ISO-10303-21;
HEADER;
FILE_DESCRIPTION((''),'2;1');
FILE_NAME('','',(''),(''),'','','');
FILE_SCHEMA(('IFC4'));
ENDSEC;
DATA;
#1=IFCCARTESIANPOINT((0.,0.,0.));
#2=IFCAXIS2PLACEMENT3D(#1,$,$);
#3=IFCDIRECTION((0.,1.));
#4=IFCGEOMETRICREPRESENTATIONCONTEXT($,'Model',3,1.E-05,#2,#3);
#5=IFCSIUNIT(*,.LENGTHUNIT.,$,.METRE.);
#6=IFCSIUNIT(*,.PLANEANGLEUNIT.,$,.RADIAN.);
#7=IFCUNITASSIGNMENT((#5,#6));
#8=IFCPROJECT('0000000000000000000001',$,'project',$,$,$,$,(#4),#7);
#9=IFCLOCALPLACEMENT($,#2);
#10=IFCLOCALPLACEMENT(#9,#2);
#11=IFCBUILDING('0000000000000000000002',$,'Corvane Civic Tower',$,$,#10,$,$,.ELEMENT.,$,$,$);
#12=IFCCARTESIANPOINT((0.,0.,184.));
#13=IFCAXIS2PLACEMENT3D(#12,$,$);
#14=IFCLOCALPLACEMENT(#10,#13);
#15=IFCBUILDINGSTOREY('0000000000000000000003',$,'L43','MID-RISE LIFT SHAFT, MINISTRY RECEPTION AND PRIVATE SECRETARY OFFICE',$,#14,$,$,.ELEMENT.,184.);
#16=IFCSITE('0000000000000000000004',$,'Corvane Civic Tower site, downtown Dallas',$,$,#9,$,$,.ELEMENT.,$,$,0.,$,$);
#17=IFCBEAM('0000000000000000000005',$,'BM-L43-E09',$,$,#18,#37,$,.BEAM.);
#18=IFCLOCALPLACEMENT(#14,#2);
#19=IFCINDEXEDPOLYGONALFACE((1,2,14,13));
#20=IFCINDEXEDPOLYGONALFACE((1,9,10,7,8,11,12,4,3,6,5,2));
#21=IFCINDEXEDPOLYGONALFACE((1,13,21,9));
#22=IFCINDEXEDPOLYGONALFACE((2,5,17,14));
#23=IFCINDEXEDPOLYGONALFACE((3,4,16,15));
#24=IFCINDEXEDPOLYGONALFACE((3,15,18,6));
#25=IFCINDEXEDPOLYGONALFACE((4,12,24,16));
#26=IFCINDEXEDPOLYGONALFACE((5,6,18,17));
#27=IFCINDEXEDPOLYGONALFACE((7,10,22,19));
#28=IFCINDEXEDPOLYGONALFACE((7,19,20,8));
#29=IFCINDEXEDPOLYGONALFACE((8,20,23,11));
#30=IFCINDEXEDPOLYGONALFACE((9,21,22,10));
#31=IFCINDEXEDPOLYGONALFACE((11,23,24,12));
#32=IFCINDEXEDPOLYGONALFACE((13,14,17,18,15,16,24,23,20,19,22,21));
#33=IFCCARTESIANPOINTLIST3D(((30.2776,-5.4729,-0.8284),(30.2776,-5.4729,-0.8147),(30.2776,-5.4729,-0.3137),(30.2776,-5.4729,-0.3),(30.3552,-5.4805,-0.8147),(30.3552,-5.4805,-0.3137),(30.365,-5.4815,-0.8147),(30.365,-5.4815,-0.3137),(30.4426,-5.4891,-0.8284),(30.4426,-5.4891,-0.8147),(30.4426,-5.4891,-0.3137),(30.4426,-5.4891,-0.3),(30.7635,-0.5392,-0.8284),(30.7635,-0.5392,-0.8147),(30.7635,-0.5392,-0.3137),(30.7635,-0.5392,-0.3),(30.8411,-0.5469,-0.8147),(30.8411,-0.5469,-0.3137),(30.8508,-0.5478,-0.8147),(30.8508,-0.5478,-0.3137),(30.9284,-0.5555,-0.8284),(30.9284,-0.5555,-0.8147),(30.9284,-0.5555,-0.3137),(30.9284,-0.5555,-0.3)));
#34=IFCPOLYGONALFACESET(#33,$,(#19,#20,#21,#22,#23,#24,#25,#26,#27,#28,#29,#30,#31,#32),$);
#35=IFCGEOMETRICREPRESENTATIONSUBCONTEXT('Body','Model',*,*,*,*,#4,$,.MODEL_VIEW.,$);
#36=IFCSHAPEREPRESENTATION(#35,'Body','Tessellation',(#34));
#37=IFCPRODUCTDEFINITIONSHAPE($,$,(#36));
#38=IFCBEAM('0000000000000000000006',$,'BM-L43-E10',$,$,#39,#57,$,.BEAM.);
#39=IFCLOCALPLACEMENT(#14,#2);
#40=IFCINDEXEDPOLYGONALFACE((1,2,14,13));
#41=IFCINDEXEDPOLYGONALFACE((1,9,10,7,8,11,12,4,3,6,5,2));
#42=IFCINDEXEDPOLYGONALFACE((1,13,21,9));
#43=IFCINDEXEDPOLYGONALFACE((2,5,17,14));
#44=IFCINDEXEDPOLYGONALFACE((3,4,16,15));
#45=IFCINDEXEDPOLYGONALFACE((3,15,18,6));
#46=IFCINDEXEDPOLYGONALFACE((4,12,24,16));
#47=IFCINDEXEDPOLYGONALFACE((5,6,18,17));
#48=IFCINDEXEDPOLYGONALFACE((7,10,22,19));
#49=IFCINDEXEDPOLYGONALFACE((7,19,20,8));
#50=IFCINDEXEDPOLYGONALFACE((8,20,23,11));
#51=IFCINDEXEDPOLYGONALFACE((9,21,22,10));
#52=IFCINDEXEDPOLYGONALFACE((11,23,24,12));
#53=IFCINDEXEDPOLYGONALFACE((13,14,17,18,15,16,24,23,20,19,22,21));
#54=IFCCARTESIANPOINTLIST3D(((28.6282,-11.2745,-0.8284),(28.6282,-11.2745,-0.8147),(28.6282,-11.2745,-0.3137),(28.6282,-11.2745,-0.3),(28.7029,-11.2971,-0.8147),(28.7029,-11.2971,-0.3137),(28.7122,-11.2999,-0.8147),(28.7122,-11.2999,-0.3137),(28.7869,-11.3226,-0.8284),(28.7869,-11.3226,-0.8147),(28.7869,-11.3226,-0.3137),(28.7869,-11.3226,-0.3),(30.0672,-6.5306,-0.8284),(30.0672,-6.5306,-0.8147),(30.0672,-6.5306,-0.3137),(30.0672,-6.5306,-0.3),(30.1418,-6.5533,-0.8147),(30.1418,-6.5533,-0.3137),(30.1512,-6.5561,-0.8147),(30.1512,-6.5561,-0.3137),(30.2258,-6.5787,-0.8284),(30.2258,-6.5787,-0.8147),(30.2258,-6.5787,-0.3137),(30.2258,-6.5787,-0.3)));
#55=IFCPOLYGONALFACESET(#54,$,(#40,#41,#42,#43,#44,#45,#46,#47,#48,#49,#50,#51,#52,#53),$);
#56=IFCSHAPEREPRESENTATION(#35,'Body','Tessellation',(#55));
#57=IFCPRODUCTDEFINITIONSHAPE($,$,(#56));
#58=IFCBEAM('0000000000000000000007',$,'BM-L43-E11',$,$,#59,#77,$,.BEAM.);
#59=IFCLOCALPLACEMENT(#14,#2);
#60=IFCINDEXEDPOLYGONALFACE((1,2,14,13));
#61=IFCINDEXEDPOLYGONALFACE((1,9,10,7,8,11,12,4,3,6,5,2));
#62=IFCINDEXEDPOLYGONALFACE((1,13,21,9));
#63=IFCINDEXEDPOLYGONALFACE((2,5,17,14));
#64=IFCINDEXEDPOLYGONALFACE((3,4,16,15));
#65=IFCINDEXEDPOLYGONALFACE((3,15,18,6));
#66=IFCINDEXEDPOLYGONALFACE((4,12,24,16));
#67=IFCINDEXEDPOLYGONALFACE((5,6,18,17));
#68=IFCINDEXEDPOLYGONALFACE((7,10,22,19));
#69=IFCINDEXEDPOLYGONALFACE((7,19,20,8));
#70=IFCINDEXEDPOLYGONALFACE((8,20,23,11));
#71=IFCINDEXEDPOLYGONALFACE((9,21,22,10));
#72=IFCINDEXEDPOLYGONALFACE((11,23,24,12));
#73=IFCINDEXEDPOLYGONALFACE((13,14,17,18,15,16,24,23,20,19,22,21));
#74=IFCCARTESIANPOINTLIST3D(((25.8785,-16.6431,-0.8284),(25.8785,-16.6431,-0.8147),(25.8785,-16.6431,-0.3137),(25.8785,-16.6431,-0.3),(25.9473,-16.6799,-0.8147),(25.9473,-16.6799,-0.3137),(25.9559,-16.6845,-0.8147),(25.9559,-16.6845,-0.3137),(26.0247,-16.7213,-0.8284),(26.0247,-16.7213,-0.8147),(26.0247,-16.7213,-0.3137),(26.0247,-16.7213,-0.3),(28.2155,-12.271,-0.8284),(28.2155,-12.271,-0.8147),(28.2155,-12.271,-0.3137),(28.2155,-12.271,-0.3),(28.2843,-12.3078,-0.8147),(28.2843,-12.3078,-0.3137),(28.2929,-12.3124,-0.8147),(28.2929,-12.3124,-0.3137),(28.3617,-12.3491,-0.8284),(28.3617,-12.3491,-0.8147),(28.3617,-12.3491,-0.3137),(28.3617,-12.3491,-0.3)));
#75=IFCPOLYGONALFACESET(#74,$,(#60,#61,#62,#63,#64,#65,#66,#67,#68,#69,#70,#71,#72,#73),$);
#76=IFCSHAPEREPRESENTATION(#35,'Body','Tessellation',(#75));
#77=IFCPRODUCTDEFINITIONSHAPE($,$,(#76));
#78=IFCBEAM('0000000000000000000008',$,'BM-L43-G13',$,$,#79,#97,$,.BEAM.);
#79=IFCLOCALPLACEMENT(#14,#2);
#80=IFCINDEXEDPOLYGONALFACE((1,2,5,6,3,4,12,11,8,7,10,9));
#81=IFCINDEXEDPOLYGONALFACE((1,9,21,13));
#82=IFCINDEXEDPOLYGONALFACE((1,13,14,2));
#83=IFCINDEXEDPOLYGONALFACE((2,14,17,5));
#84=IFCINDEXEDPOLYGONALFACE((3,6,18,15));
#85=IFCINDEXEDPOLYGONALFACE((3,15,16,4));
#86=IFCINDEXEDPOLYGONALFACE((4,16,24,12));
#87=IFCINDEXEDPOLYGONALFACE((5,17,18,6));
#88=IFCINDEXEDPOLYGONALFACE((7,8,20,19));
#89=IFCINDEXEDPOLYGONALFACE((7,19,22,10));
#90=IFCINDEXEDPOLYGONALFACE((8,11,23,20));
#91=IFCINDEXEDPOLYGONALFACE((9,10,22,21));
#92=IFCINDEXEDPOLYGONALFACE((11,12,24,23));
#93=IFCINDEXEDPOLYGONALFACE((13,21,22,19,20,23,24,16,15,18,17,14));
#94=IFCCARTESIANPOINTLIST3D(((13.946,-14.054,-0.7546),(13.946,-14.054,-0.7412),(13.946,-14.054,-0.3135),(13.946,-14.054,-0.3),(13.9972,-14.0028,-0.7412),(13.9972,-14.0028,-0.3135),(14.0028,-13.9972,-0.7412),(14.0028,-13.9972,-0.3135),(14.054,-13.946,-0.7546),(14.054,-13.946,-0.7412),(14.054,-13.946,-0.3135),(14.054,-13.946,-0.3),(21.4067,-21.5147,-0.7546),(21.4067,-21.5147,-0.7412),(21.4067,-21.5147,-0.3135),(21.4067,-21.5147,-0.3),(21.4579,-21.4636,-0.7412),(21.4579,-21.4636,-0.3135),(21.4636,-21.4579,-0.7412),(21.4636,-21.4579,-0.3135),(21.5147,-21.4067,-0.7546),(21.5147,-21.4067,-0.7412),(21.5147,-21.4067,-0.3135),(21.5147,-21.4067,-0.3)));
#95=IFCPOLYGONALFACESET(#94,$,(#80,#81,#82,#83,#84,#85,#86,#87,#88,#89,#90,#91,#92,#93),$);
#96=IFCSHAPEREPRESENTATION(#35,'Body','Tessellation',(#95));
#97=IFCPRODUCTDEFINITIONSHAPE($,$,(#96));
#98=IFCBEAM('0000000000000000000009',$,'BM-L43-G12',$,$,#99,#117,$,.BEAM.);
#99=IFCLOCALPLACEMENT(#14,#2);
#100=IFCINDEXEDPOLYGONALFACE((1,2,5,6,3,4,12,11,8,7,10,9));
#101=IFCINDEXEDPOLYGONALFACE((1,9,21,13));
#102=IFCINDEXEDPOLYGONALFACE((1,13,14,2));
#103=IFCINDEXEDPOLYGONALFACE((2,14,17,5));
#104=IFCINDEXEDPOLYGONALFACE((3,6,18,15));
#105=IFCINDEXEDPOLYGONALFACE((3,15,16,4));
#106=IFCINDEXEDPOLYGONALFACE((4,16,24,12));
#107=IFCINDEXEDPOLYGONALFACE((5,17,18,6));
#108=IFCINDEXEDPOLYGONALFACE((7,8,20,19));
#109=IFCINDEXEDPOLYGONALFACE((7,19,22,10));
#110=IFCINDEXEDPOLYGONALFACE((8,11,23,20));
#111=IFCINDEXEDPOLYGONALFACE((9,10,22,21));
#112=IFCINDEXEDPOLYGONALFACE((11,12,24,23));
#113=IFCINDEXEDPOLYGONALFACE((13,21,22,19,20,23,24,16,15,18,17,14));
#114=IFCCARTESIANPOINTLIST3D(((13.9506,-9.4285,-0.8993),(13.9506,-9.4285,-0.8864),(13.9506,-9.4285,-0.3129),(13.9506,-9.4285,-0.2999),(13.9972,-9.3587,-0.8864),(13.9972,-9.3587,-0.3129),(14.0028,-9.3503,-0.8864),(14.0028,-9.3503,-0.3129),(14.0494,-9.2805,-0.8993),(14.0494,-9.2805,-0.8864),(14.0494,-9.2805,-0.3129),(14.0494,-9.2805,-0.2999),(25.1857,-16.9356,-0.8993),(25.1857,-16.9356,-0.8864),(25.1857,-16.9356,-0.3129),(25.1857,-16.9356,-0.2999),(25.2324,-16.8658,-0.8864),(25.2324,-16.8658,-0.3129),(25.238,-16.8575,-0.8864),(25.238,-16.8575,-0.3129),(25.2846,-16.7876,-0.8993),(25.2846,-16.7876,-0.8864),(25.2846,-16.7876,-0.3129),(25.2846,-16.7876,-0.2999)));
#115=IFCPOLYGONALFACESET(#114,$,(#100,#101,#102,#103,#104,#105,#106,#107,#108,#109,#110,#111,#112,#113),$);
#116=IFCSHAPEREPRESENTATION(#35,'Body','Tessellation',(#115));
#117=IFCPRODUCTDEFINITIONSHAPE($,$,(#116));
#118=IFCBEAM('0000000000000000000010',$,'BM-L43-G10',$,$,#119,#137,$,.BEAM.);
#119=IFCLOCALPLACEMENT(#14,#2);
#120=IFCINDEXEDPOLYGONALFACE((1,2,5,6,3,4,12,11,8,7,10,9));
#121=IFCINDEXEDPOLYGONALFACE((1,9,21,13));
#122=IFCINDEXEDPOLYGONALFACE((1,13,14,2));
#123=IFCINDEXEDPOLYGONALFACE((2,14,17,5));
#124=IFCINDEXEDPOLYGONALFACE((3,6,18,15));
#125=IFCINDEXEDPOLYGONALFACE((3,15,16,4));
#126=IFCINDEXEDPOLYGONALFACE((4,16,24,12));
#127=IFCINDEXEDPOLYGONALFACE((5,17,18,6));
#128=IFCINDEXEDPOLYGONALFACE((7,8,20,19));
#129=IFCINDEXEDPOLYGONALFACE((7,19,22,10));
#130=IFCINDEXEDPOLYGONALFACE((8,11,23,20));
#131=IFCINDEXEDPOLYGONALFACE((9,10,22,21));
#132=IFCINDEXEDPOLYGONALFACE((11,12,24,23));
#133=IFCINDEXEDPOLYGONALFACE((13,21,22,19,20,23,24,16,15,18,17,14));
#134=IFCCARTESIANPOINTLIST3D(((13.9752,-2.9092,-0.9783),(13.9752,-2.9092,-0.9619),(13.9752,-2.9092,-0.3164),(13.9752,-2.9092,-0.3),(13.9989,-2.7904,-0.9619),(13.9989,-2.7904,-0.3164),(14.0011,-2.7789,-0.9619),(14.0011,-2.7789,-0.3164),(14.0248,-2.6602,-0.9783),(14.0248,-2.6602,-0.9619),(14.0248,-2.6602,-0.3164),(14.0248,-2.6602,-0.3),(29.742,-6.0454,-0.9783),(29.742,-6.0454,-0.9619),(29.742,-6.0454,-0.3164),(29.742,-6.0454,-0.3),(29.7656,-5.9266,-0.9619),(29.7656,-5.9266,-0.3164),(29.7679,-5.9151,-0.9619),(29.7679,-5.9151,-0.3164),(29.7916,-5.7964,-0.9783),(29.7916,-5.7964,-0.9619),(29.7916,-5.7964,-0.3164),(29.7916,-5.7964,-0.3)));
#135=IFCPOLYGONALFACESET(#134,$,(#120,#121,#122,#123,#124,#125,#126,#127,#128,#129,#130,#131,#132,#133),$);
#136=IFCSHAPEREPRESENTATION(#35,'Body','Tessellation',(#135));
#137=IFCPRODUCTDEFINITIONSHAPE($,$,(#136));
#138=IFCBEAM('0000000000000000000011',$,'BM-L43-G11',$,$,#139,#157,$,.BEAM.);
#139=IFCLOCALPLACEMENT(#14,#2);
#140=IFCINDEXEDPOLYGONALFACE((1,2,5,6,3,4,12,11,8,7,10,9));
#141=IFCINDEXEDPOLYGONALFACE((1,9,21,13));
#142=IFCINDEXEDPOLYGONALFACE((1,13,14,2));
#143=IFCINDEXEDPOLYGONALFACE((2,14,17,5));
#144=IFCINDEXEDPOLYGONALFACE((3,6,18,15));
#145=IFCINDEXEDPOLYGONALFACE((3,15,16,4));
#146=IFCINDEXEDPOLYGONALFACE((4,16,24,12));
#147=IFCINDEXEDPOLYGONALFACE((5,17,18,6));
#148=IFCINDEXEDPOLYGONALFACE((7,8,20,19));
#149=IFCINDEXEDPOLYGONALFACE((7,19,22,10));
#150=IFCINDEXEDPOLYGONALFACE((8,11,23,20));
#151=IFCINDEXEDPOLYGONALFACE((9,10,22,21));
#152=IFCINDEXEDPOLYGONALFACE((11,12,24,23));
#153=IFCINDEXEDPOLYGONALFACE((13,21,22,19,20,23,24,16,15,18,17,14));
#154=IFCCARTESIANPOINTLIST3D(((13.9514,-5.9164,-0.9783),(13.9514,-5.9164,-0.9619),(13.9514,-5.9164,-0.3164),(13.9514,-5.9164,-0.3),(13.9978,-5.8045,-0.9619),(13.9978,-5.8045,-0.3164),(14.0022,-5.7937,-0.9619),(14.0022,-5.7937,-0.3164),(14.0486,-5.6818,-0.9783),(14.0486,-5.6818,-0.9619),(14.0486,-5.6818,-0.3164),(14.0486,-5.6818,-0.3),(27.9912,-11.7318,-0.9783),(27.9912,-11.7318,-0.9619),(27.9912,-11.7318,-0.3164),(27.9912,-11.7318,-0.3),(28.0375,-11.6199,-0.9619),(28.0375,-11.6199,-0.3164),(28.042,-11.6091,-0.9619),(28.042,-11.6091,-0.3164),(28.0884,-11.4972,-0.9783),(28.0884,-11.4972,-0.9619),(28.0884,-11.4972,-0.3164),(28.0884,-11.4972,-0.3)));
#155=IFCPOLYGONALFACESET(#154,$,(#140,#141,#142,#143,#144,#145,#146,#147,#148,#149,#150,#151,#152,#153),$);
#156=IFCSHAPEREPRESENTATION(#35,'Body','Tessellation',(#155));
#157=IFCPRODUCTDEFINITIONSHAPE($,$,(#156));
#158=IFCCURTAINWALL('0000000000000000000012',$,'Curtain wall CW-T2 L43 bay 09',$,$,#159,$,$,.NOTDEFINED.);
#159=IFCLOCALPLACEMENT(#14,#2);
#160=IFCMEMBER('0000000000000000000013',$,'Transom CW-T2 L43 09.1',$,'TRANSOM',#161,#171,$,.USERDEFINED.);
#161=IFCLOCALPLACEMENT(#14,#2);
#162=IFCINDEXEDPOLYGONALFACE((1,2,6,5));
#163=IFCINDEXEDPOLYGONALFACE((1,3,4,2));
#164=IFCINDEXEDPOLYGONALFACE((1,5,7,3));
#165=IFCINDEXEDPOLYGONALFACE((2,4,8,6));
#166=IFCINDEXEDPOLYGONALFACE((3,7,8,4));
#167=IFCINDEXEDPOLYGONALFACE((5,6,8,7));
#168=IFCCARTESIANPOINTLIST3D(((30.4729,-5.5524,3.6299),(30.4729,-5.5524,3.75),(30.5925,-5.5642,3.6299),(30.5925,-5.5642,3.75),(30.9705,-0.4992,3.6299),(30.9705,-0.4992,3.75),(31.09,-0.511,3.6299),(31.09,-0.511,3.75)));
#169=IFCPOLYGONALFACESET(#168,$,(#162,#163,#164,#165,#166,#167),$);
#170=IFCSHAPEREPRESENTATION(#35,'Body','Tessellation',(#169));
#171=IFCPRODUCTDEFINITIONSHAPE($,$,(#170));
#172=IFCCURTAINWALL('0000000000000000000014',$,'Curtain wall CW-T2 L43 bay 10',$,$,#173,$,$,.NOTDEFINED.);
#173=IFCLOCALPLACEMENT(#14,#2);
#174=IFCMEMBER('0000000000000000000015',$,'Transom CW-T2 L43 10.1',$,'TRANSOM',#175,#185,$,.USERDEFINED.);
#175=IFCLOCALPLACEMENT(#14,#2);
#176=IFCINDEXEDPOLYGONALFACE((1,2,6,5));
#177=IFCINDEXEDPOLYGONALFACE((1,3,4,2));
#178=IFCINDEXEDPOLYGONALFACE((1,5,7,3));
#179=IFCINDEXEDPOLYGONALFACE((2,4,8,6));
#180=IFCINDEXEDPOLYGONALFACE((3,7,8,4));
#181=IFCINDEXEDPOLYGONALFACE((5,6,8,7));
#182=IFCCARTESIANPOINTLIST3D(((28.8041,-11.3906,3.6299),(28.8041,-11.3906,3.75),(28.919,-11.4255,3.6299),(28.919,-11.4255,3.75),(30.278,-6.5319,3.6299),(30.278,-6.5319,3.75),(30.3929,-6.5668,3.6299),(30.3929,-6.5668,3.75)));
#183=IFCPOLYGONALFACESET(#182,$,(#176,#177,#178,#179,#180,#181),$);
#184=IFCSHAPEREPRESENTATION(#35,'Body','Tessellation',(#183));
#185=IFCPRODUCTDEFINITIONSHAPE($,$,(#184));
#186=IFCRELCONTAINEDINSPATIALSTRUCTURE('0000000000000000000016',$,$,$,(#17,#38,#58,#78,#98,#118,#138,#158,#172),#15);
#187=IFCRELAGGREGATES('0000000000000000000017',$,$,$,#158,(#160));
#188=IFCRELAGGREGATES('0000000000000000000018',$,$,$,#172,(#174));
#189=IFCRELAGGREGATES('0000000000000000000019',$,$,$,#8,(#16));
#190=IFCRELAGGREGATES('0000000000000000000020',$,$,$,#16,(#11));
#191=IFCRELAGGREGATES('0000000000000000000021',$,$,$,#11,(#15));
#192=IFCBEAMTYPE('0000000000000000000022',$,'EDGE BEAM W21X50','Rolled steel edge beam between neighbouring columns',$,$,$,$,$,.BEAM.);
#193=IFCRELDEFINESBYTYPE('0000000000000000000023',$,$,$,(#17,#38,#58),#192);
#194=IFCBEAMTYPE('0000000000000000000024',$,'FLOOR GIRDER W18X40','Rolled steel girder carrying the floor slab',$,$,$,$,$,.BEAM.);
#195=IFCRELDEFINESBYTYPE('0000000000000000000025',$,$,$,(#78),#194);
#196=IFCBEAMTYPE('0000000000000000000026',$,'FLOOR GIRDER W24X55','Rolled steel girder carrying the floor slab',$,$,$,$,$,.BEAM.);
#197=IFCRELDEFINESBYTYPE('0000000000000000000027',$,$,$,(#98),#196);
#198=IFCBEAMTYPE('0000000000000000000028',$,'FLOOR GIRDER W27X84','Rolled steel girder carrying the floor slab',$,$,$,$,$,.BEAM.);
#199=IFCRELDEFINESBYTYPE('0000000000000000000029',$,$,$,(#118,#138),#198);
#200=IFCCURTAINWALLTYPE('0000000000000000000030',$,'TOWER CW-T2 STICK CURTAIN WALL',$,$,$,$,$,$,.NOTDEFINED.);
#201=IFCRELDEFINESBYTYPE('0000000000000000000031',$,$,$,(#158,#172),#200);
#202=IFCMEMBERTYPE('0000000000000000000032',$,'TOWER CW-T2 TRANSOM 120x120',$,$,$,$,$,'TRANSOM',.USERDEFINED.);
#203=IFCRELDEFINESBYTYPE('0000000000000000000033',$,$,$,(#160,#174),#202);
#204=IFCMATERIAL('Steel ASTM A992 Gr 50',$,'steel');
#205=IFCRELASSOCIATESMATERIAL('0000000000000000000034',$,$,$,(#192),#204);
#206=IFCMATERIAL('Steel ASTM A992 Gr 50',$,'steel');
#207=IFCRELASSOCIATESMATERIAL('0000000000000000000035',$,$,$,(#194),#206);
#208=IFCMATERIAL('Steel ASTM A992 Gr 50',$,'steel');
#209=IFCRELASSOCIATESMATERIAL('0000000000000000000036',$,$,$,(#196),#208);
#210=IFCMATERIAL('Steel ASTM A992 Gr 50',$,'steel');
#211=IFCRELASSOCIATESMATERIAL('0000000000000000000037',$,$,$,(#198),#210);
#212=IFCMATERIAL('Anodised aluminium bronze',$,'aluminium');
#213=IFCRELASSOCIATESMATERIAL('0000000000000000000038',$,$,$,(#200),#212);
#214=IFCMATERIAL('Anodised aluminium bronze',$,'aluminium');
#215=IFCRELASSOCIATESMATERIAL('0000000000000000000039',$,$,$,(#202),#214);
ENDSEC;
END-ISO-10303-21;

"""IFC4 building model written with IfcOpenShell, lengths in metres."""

from ifc_helpers import new_model, si_unit, direction, frame, origin, origin_2d, place, context, subcontext, project, spatial, rectangle, i_section, extrude, material, material_profile, profile_set, type_object, element, aggregate, save


model = new_model("IFC4")

# Units and contexts
model_context = context("Model", 3, precision=1e-05, world=origin(), true_north=direction((0.0, 1.0)))
body_context = subcontext(model_context, "Body", "Model", "MODEL_VIEW")
ifc_project = project(units=[si_unit("LENGTHUNIT", "METRE"), si_unit("PLANEANGLEUNIT", "RADIAN")], contexts=[model_context])

# Site, building, storey
site_placement = place(None, origin())
site = spatial("IfcSite", under=ifc_project, at=site_placement, Name="Corvane Civic Tower site, downtown Dallas", CompositionType="ELEMENT", RefElevation=0.0)
building_placement = place(site_placement, origin())
building = spatial("IfcBuilding", under=site, at=building_placement, Name="Corvane Civic Tower", CompositionType="ELEMENT")
storey_placement = place(building_placement, frame((0.0, 0.0, 184.0)))
storey = spatial("IfcBuildingStorey", under=building, at=storey_placement, Name="L43", Description="MID-RISE LIFT SHAFT, MINISTRY RECEPTION AND PRIVATE SECRETARY OFFICE", CompositionType="ELEMENT", Elevation=184.0)

# Beams
ifc_material_1 = material(Name="Steel ASTM A992 Gr 50", Category="steel")
ifc_material_profile_1 = material_profile(ifc_material_1, i_section(OverallWidth=0.1658, OverallDepth=0.5283, WebThickness=0.0098, FlangeThickness=0.0137, at=origin_2d()), Name="W21X50")
ifc_profile_set_1 = profile_set([ifc_material_profile_1], Name="Steel ASTM A992 Gr 50")
beam_type_1 = type_object("IfcBeamType", Name="EDGE BEAM W21X50", Description="Rolled steel edge beam between neighbouring columns", PredefinedType="BEAM", material=ifc_profile_set_1)
beam_1_placement = place(storey_placement, frame((30.8459, -0.5474, -0.5642), z_axis=(-0.098002, -0.995186, 0.0), x_axis=(0.995186, -0.098002, 0.0)))
element("IfcBeam", 1, at=beam_1_placement, inside=storey, type_object=beam_type_1, Name="BM-L43-E09", PredefinedType="BEAM", context=body_context, shape_type="SweptSolid", body=[
    extrude(i_section(OverallWidth=0.1658, OverallDepth=0.5283, WebThickness=0.0098, FlangeThickness=0.0137, at=origin_2d()), origin(), (0.0, 0.0, 1.0), 4.9575),
])
beam_2_placement = place(storey_placement, frame((30.1465, -6.5547, -0.5642), z_axis=(-0.29027, -0.956945, 0.0), x_axis=(0.956945, -0.29027, 0.0)))
element("IfcBeam", 2, at=beam_2_placement, inside=storey, type_object=beam_type_1, Name="BM-L43-E10", PredefinedType="BEAM", context=body_context, shape_type="SweptSolid", body=[
    extrude(i_section(OverallWidth=0.1658, OverallDepth=0.5283, WebThickness=0.0098, FlangeThickness=0.0137, at=origin_2d()), origin(), (0.0, 0.0, 1.0), 4.9573),
])
beam_3_placement = place(storey_placement, frame((28.2886, -12.3101, -0.5642), z_axis=(-0.471396, -0.881922, 0.0), x_axis=(0.881922, -0.471396, 0.0)))
element("IfcBeam", 3, at=beam_3_placement, inside=storey, type_object=beam_type_1, Name="BM-L43-E11", PredefinedType="BEAM", context=body_context, shape_type="SweptSolid", body=[
    extrude(i_section(OverallWidth=0.1658, OverallDepth=0.5283, WebThickness=0.0098, FlangeThickness=0.0137, at=origin_2d()), origin(), (0.0, 0.0, 1.0), 4.9575),
])
ifc_material_2 = material(Name="Steel ASTM A992 Gr 50", Category="steel")
ifc_material_profile_2 = material_profile(ifc_material_2, i_section(OverallWidth=0.1528, OverallDepth=0.4546, WebThickness=0.0081, FlangeThickness=0.0134, at=origin_2d()), Name="W18X40")
ifc_profile_set_2 = profile_set([ifc_material_profile_2], Name="Steel ASTM A992 Gr 50")
beam_type_2 = type_object("IfcBeamType", Name="FLOOR GIRDER W18X40", Description="Rolled steel girder carrying the floor slab", PredefinedType="BEAM", material=ifc_profile_set_2)
beam_4_placement = place(storey_placement, frame((14.0, -14.0, -0.5273), z_axis=(0.707107, -0.707107, 0.0), x_axis=(0.707107, 0.707107, 0.0)))
element("IfcBeam", 4, at=beam_4_placement, inside=storey, type_object=beam_type_2, Name="BM-L43-G13", PredefinedType="BEAM", context=body_context, shape_type="SweptSolid", body=[
    extrude(i_section(OverallWidth=0.1528, OverallDepth=0.4546, WebThickness=0.0081, FlangeThickness=0.0134, at=origin_2d()), origin(), (0.0, 0.0, 1.0), 10.551),
])
ifc_material_3 = material(Name="Steel ASTM A992 Gr 50", Category="steel")
ifc_material_profile_3 = material_profile(ifc_material_3, i_section(OverallWidth=0.178, OverallDepth=0.5994, WebThickness=0.01, FlangeThickness=0.0129, at=origin_2d()), Name="W24X55")
ifc_profile_set_3 = profile_set([ifc_material_profile_3], Name="Steel ASTM A992 Gr 50")
beam_type_3 = type_object("IfcBeamType", Name="FLOOR GIRDER W24X55", Description="Rolled steel girder carrying the floor slab", PredefinedType="BEAM", material=ifc_profile_set_3)
beam_5_placement = place(storey_placement, frame((14.0, -9.3545, -0.5996), z_axis=(0.831469, -0.555571, 0.0), x_axis=(0.555571, 0.831469, 0.0)))
element("IfcBeam", 5, at=beam_5_placement, inside=storey, type_object=beam_type_3, Name="BM-L43-G12", PredefinedType="BEAM", context=body_context, shape_type="SweptSolid", body=[
    extrude(i_section(OverallWidth=0.178, OverallDepth=0.5994, WebThickness=0.01, FlangeThickness=0.0129, at=origin_2d()), origin(), (0.0, 0.0, 1.0), 13.5125),
])
ifc_material_4 = material(Name="Steel ASTM A992 Gr 50", Category="steel")
ifc_material_profile_4 = material_profile(ifc_material_4, i_section(OverallWidth=0.2539, OverallDepth=0.6782, WebThickness=0.0117, FlangeThickness=0.0164, at=origin_2d()), Name="W27X84")
ifc_profile_set_4 = profile_set([ifc_material_profile_4], Name="Steel ASTM A992 Gr 50")
beam_type_4 = type_object("IfcBeamType", Name="FLOOR GIRDER W27X84", Description="Rolled steel girder carrying the floor slab", PredefinedType="BEAM", material=ifc_profile_set_4)
beam_6_placement = place(storey_placement, frame((14.0, -2.7847, -0.6392), z_axis=(0.980785, -0.195091, 0.0), x_axis=(0.195091, 0.980785, 0.0)))
element("IfcBeam", 6, at=beam_6_placement, inside=storey, type_object=beam_type_4, Name="BM-L43-G10", PredefinedType="BEAM", context=body_context, shape_type="SweptSolid", body=[
    extrude(i_section(OverallWidth=0.2539, OverallDepth=0.6782, WebThickness=0.0117, FlangeThickness=0.0164, at=origin_2d()), origin(), (0.0, 0.0, 1.0), 16.0757),
])
beam_7_placement = place(storey_placement, frame((14.0, -5.7991, -0.6392), z_axis=(0.923881, -0.382681, 0.0), x_axis=(0.382681, 0.923881, 0.0)))
element("IfcBeam", 7, at=beam_7_placement, inside=storey, type_object=beam_type_4, Name="BM-L43-G11", PredefinedType="BEAM", context=body_context, shape_type="SweptSolid", body=[
    extrude(i_section(OverallWidth=0.2539, OverallDepth=0.6782, WebThickness=0.0117, FlangeThickness=0.0164, at=origin_2d()), origin(), (0.0, 0.0, 1.0), 15.1965),
])

# Curtain walls, members
ifc_material_5 = material(Name="Anodised aluminium bronze", Category="aluminium")
curtain_wall_type = type_object("IfcCurtainWallType", Name="TOWER CW-T2 STICK CURTAIN WALL", PredefinedType="NOTDEFINED", material=ifc_material_5)
curtain_wall_1_placement = place(storey_placement, origin())
curtain_wall_1 = element("IfcCurtainWall", 8, at=curtain_wall_1_placement, inside=storey, type_object=curtain_wall_type, Name="Curtain wall CW-T2 L43 bay 09", PredefinedType="NOTDEFINED")
ifc_material_6 = material(Name="Anodised aluminium bronze", Category="aluminium")
ifc_material_profile_5 = material_profile(ifc_material_6, rectangle(XDim=0.1201, YDim=0.1201, at=origin_2d()), Name="TOWER CW-T2 TRANSOM 120x120")
ifc_profile_set_5 = profile_set([ifc_material_profile_5], Name="Anodised aluminium bronze")
member_type = type_object("IfcMemberType", Name="TOWER CW-T2 TRANSOM 120x120", ElementType="TRANSOM", PredefinedType="USERDEFINED", material=ifc_profile_set_5)
member_1_placement = place(storey_placement, frame((31.0303, -0.5051, 3.6899), z_axis=(-0.09799, -0.995187, 0.0), x_axis=(0.995187, -0.09799, 0.0)))
member_1 = element("IfcMember", 9, at=member_1_placement, type_object=member_type, Name="Transom CW-T2 L43 09.1", ObjectType="TRANSOM", PredefinedType="USERDEFINED", context=body_context, shape_type="SweptSolid", body=[
    extrude(rectangle(XDim=0.1201, YDim=0.1201, at=origin_2d()), origin(), (0.0, 0.0, 1.0), 5.0776),
])
curtain_wall_2_placement = place(storey_placement, origin())
curtain_wall_2 = element("IfcCurtainWall", 10, at=curtain_wall_2_placement, inside=storey, type_object=curtain_wall_type, Name="Curtain wall CW-T2 L43 bay 10", PredefinedType="NOTDEFINED")
member_2_placement = place(storey_placement, frame((30.3354, -6.5493, 3.6899), z_axis=(-0.290289, -0.956939, 0.0), x_axis=(0.956939, -0.290289, 0.0)))
member_2 = element("IfcMember", 11, at=member_2_placement, type_object=member_type, Name="Transom CW-T2 L43 10.1", ObjectType="TRANSOM", PredefinedType="USERDEFINED", context=body_context, shape_type="SweptSolid", body=[
    extrude(rectangle(XDim=0.1201, YDim=0.1201, at=origin_2d()), origin(), (0.0, 0.0, 1.0), 5.0774),
])

aggregate(curtain_wall_1, [member_1])
aggregate(curtain_wall_2, [member_2])

save(model, "model.ifc")
